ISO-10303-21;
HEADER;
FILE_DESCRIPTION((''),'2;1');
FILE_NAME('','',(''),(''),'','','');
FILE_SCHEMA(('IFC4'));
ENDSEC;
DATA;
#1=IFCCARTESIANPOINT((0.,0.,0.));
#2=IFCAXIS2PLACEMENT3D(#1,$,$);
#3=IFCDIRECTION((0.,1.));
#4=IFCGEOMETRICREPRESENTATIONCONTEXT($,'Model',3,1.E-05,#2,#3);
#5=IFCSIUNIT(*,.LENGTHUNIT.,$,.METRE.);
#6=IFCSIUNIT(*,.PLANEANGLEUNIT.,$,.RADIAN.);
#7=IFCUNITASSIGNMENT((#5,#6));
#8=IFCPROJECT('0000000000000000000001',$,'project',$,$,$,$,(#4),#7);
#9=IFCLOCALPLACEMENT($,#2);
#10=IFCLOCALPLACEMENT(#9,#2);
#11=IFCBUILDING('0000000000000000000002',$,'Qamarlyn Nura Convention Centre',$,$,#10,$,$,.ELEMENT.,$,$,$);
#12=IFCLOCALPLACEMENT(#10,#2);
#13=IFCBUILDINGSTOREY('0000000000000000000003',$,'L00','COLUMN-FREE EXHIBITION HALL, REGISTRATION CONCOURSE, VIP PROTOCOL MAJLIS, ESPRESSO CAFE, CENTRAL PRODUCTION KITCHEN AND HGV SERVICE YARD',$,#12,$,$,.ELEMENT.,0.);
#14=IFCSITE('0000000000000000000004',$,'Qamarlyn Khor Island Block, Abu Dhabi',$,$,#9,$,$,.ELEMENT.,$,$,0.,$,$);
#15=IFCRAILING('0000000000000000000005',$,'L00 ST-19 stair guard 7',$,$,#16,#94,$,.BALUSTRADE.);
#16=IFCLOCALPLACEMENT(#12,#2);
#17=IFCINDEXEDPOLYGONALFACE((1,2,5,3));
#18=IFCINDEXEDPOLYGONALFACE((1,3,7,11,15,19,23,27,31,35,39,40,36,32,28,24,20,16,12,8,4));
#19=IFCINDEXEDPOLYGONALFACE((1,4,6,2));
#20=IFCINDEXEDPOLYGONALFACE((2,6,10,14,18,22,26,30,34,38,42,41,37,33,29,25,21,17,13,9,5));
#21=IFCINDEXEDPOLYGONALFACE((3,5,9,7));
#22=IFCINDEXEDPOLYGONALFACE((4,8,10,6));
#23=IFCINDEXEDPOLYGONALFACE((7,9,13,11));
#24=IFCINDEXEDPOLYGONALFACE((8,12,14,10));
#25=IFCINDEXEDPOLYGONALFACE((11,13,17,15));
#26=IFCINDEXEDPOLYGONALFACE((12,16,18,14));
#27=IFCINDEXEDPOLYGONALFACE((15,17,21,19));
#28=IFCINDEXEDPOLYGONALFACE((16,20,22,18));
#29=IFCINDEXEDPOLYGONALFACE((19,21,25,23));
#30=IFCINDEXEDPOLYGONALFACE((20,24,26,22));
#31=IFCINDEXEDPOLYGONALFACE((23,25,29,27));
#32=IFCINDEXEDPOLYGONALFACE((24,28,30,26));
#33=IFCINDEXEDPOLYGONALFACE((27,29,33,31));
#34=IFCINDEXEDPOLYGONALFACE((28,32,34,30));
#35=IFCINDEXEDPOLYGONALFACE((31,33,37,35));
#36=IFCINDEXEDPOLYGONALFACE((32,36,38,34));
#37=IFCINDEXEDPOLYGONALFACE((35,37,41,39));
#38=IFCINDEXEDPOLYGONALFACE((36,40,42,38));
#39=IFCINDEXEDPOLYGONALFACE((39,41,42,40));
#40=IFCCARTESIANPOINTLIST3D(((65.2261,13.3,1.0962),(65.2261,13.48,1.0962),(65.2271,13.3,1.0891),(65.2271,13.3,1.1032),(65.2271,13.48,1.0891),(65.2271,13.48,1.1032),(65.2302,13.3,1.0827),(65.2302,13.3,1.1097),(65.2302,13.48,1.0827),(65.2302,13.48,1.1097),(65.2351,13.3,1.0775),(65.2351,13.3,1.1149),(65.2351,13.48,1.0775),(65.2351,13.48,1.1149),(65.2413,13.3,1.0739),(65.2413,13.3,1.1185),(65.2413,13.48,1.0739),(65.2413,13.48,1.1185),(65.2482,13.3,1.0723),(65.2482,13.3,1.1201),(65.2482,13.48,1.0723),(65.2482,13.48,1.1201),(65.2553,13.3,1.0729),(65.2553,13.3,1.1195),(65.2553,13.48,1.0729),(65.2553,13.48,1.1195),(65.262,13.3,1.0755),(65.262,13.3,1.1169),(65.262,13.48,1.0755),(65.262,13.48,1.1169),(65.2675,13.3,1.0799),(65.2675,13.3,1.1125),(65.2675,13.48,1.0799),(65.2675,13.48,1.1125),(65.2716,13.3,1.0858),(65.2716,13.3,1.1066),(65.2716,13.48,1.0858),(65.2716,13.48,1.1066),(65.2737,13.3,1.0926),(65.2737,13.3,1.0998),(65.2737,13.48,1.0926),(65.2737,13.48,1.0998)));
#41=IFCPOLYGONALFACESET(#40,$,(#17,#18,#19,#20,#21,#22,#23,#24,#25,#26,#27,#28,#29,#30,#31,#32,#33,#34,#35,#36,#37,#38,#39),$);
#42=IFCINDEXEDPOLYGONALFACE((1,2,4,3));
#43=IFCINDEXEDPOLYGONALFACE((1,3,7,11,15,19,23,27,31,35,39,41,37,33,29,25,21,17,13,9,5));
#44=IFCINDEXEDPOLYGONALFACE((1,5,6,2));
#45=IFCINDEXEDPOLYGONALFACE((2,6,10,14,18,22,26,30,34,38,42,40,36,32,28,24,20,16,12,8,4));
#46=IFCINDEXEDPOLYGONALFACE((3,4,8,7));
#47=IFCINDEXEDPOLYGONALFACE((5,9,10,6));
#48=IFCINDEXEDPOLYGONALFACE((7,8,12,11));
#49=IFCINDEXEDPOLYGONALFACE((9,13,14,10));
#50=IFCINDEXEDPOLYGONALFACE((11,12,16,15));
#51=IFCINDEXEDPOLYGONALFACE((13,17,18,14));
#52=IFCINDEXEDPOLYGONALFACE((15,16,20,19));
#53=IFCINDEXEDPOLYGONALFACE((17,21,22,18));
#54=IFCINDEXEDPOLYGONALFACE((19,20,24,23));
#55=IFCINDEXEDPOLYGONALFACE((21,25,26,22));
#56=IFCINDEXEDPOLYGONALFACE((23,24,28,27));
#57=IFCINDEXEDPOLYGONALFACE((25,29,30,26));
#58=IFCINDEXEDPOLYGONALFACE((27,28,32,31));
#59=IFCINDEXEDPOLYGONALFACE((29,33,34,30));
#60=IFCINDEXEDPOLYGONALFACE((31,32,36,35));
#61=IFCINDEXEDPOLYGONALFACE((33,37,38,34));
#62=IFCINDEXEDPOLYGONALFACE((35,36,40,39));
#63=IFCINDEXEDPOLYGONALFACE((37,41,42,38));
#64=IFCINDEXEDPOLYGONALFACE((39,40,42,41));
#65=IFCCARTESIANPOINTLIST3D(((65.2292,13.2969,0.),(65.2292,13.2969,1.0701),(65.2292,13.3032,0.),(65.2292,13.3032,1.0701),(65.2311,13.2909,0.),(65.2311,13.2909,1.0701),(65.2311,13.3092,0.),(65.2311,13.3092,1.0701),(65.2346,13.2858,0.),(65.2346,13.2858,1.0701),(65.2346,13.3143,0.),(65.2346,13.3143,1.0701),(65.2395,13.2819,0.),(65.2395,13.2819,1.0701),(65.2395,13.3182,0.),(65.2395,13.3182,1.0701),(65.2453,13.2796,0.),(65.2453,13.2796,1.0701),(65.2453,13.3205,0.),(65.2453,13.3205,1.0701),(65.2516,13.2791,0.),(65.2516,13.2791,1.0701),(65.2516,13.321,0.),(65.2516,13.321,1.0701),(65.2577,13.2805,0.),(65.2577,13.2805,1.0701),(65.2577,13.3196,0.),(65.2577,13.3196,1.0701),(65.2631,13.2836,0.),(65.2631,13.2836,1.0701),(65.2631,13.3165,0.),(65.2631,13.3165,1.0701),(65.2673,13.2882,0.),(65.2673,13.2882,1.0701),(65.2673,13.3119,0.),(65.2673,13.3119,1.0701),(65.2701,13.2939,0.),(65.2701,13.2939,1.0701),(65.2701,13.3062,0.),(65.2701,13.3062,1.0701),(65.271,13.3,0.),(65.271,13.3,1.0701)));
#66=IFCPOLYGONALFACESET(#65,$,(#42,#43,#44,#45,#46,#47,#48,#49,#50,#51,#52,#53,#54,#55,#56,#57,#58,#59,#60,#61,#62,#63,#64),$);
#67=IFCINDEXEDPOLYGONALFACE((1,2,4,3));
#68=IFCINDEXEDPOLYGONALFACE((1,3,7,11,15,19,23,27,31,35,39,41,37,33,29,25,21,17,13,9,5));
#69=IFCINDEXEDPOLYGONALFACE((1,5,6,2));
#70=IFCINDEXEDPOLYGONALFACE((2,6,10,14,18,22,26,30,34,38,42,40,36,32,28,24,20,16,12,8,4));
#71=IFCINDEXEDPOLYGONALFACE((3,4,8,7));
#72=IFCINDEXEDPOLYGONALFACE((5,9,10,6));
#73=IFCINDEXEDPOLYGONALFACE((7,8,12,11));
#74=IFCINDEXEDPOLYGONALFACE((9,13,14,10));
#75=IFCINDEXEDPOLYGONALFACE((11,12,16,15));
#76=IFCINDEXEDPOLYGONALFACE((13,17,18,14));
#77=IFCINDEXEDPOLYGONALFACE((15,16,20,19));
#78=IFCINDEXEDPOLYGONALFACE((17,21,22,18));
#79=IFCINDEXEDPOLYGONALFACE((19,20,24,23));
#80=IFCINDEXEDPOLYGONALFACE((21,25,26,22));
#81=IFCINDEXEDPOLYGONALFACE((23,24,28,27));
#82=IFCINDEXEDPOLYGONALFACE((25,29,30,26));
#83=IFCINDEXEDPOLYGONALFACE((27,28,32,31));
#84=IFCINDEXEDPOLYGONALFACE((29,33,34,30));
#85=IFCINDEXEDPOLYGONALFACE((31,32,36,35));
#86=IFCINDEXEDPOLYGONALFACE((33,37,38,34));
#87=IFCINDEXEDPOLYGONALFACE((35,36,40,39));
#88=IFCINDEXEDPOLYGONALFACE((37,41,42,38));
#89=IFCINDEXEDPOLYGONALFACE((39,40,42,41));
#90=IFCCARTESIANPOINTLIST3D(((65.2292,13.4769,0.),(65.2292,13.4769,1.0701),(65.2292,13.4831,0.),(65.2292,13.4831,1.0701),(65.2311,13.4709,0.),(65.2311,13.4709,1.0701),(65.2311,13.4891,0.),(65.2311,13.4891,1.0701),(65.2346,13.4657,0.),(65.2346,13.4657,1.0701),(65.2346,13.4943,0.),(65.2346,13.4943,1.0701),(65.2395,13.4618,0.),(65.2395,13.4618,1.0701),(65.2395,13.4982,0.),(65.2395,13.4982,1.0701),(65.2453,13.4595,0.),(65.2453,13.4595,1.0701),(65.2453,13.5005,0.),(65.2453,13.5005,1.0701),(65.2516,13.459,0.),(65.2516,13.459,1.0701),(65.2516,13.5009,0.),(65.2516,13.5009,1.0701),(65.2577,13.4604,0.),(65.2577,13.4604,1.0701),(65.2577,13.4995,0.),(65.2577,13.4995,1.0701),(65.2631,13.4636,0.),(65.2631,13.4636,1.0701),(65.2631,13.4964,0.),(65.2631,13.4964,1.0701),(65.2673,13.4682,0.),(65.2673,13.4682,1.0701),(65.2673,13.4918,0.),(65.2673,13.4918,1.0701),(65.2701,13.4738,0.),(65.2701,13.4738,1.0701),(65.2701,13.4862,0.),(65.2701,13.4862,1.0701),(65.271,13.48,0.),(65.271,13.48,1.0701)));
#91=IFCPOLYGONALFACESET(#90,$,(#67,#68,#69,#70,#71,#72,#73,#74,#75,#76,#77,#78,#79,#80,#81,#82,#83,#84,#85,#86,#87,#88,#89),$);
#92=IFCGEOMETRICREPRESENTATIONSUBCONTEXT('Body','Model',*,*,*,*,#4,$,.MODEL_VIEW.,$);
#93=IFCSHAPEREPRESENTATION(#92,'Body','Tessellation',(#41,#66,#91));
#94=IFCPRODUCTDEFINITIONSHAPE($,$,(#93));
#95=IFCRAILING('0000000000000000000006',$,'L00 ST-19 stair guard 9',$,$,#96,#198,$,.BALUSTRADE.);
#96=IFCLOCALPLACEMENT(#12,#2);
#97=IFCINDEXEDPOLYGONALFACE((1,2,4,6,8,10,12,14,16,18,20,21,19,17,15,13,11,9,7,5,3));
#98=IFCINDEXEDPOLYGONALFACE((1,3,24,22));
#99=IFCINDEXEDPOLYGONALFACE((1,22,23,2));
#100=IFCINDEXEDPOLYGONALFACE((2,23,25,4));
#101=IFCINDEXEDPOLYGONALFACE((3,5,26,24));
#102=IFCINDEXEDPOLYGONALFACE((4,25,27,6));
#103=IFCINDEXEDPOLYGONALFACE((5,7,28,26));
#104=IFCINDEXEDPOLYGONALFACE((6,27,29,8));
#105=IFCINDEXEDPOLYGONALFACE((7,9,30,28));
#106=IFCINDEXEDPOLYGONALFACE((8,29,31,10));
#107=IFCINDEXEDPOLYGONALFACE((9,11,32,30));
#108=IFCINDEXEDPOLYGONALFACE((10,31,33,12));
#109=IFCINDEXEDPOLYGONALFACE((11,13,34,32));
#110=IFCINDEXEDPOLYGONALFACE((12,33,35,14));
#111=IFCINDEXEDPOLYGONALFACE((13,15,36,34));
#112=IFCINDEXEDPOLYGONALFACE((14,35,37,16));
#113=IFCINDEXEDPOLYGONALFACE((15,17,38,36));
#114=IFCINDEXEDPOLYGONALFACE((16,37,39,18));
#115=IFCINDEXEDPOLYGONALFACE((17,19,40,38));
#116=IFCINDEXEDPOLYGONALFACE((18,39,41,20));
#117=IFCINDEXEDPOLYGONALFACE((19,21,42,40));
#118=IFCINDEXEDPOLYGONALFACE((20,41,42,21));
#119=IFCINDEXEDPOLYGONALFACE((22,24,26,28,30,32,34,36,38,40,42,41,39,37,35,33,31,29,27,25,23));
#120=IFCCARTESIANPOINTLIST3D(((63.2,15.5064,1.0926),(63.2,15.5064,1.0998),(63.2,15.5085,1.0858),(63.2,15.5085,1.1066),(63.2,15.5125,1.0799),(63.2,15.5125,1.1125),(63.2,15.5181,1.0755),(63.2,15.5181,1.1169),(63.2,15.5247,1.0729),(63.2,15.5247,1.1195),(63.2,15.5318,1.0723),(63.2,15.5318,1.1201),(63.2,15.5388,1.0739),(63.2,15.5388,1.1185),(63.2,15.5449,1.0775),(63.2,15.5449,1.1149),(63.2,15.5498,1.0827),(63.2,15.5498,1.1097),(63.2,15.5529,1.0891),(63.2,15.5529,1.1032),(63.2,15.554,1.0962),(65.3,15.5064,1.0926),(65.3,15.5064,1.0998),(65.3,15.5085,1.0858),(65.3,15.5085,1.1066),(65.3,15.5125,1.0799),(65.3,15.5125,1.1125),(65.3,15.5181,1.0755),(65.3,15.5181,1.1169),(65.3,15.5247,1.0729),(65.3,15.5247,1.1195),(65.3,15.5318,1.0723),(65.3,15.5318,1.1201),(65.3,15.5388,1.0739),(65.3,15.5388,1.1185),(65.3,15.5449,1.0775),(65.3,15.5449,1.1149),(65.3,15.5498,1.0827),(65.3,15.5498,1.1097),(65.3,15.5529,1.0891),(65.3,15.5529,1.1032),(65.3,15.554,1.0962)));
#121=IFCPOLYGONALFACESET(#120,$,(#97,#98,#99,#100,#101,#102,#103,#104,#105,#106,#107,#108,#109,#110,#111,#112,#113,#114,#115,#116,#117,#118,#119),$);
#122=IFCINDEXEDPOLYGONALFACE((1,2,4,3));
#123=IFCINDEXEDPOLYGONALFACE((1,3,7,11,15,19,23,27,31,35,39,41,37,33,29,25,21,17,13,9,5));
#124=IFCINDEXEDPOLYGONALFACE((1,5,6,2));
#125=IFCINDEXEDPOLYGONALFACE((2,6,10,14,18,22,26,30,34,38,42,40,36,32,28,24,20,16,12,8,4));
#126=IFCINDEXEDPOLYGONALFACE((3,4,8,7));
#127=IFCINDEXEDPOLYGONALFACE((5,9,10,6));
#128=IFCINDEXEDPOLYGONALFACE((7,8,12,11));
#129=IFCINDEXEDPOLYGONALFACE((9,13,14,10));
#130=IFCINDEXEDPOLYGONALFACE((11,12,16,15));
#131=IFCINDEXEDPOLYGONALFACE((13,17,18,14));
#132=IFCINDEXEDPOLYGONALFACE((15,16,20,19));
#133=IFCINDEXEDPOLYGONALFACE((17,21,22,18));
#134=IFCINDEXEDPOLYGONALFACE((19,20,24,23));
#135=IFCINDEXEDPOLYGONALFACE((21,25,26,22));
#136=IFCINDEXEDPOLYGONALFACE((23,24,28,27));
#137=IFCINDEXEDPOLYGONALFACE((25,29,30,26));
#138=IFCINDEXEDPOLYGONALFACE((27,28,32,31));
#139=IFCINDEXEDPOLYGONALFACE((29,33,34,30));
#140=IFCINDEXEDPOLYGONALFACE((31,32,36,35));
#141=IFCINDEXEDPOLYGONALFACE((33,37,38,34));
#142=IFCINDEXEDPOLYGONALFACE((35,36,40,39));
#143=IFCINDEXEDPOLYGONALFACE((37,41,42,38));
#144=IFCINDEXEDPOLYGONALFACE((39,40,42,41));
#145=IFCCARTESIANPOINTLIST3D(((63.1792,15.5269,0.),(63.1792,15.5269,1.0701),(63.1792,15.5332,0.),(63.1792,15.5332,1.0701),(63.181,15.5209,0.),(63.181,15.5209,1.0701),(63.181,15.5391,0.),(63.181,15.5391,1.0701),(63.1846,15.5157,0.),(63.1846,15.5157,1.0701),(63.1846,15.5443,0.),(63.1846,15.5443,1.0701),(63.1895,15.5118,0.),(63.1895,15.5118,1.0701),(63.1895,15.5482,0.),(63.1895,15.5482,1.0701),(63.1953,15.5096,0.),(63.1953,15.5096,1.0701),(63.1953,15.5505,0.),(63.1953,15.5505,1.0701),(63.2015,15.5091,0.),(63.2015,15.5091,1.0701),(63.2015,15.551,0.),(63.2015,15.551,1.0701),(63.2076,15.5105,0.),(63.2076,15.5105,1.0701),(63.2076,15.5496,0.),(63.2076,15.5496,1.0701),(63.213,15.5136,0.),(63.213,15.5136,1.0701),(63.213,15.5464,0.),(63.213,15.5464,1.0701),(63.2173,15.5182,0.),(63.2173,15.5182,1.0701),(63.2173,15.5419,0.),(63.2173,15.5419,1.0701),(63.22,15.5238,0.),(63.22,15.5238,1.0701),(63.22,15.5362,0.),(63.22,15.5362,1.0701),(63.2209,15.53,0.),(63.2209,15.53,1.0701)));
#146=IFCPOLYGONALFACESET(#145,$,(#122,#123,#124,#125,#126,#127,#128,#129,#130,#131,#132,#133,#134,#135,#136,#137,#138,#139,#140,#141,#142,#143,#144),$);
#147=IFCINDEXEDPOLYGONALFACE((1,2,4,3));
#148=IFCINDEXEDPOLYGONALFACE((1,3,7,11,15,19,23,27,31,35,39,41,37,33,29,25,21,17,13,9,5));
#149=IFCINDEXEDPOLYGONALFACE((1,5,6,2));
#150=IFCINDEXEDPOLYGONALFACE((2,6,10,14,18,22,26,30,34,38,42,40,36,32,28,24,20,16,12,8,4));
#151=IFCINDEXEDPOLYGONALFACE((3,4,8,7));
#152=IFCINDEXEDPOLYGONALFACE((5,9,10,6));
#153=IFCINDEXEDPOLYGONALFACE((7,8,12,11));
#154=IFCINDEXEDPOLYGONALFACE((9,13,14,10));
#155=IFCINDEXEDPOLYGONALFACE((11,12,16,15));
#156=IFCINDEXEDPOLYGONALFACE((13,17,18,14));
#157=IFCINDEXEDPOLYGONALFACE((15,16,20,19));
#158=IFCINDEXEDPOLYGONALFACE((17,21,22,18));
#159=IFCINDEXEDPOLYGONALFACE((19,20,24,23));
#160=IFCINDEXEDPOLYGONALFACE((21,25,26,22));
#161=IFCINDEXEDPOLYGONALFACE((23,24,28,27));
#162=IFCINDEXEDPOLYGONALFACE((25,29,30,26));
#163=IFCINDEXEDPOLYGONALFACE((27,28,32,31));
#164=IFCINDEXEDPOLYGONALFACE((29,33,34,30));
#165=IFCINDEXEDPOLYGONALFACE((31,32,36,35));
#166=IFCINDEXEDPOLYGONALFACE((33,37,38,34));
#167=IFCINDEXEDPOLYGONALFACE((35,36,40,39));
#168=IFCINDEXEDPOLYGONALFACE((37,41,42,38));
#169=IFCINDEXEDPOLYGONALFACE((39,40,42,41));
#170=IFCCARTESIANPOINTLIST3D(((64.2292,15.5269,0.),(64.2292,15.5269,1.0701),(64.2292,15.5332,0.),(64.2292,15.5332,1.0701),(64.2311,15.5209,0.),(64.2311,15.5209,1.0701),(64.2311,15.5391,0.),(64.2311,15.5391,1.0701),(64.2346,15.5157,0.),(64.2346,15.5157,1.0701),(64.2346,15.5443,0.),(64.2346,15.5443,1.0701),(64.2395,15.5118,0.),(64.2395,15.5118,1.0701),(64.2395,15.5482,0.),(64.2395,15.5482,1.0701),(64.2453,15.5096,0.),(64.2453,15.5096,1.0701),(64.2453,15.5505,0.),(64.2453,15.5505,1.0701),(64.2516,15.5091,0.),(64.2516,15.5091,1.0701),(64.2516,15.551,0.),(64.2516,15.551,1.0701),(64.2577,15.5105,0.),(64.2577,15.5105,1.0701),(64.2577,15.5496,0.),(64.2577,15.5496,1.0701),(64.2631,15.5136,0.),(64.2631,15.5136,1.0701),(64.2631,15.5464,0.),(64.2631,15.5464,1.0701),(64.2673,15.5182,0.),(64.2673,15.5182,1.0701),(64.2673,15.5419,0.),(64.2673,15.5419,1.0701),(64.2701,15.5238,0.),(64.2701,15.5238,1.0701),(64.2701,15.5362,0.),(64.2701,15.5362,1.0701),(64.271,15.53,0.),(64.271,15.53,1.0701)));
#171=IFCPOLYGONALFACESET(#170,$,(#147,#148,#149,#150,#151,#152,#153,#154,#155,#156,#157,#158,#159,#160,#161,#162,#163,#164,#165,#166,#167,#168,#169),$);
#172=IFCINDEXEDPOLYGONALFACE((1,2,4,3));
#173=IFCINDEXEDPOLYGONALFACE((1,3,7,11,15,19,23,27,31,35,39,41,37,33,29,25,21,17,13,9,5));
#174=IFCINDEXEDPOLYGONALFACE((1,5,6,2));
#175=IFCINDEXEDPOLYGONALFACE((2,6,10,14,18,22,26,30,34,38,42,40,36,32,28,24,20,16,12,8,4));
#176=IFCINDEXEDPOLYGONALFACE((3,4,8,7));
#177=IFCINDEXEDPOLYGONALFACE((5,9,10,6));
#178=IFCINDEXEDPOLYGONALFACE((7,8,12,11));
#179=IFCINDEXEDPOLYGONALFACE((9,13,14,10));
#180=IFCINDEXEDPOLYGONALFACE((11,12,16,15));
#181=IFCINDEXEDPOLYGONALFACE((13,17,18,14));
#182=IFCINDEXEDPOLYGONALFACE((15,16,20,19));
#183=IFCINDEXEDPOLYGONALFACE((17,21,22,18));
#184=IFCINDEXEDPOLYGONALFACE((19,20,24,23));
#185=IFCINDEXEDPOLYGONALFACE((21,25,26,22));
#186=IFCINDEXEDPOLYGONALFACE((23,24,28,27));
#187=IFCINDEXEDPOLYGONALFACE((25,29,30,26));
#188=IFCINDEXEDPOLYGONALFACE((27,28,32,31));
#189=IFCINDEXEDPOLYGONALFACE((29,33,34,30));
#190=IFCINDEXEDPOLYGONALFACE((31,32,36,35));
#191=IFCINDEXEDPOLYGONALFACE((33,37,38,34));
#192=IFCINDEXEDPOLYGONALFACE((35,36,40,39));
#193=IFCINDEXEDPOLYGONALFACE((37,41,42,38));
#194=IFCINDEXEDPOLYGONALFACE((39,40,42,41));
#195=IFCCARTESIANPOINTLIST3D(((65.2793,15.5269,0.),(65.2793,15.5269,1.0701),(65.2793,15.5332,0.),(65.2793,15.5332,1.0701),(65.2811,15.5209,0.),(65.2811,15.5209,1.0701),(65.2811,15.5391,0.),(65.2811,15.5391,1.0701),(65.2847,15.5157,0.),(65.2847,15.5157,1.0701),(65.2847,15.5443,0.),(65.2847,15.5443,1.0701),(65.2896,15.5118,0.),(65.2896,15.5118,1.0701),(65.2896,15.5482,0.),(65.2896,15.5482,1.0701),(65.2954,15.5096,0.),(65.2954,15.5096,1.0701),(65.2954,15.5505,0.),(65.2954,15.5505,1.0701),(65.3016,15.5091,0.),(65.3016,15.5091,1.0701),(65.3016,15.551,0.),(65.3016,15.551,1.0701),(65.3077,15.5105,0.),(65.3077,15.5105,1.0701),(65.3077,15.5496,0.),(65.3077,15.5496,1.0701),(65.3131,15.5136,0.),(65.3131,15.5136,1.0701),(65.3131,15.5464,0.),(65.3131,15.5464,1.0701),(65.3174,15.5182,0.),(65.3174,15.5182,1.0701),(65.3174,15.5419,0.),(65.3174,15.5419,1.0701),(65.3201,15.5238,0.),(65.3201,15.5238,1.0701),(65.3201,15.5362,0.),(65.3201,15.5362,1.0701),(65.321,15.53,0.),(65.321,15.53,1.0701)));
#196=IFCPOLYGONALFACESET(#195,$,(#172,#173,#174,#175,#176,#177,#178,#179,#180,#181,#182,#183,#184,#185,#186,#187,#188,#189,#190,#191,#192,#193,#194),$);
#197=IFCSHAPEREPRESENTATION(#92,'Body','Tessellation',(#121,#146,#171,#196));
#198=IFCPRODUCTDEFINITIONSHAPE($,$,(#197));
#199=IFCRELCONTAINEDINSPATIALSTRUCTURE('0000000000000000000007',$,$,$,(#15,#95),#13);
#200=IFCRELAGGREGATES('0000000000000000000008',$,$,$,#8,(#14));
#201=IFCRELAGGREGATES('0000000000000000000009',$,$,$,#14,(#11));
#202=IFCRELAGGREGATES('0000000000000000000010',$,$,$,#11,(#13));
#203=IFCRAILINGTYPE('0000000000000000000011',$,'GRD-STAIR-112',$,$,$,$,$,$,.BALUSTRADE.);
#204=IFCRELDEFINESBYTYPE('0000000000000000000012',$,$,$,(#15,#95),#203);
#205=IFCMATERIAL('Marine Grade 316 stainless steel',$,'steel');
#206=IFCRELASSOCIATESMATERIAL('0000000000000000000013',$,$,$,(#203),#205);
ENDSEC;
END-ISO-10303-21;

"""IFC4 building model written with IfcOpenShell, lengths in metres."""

from ifc_helpers import new_model, si_unit, direction, frame, origin, origin_2d, place, context, subcontext, project, spatial, circle, extrude, material, type_object, element, save


model = new_model("IFC4")

# Units and contexts
model_context = context("Model", 3, precision=1e-05, world=origin(), true_north=direction((0.0, 1.0)))
body_context = subcontext(model_context, "Body", "Model", "MODEL_VIEW")
ifc_project = project(units=[si_unit("LENGTHUNIT", "METRE"), si_unit("PLANEANGLEUNIT", "RADIAN")], contexts=[model_context])

# Site, building, storey
site_placement = place(None, origin())
site = spatial("IfcSite", under=ifc_project, at=site_placement, Name="Qamarlyn Khor Island Block, Abu Dhabi", CompositionType="ELEMENT", RefElevation=0.0)
building_placement = place(site_placement, origin())
building = spatial("IfcBuilding", under=site, at=building_placement, Name="Qamarlyn Nura Convention Centre", CompositionType="ELEMENT")
storey_placement = place(building_placement, origin())
storey = spatial("IfcBuildingStorey", under=building, at=storey_placement, Name="L00", Description="COLUMN-FREE EXHIBITION HALL, REGISTRATION CONCOURSE, VIP PROTOCOL MAJLIS, ESPRESSO CAFE, CENTRAL PRODUCTION KITCHEN AND HGV SERVICE YARD", CompositionType="ELEMENT", Elevation=0.0)

# Railings
ifc_material_1 = material(Name="Marine Grade 316 stainless steel", Category="steel")
railing_type_1 = type_object("IfcRailingType", Name="GRD-STAIR-112", PredefinedType="BALUSTRADE", material=ifc_material_1)
railing_1_placement = place(storey_placement, frame((65.25, 13.3, 0.0)))
element("IfcRailing", 1, at=railing_1_placement, inside=storey, type_object=railing_type_1, Name="L00 ST-19 stair guard 7", PredefinedType="BALUSTRADE", context=body_context, shape_type="SweptSolid", body=[
    extrude(circle(Radius=0.0239, at=origin_2d()), frame((0.0, 0.0, 1.0962), z_axis=(0.0, 1.0, 0.0), x_axis=(-1.0, 0.0, 0.0)), (0.0, 0.0, 1.0), 0.1799),
    extrude(circle(Radius=0.021, at=origin_2d()), origin(), (0.0, 0.0, 1.0), 1.0701),
    extrude(circle(Radius=0.021, at=origin_2d()), frame((0.0, 0.1799, 0.0)), (0.0, 0.0, 1.0), 1.0701),
])
railing_2_placement = place(storey_placement, frame((63.2, 15.53, 0.0)))
element("IfcRailing", 2, at=railing_2_placement, inside=storey, type_object=railing_type_1, Name="L00 ST-19 stair guard 9", PredefinedType="BALUSTRADE", context=body_context, shape_type="SweptSolid", body=[
    extrude(circle(Radius=0.0239, at=origin_2d()), frame((0.0, 0.0, 1.0962), z_axis=(1.0, 0.0, 0.0), x_axis=(0.0, 1.0, 0.0)), (0.0, 0.0, 1.0), 2.1001),
    extrude(circle(Radius=0.021, at=origin_2d()), origin(), (0.0, 0.0, 1.0), 1.0701),
    extrude(circle(Radius=0.021, at=origin_2d()), frame((1.05, 0.0, 0.0)), (0.0, 0.0, 1.0), 1.0701),
    extrude(circle(Radius=0.021, at=origin_2d()), frame((2.1001, 0.0, 0.0)), (0.0, 0.0, 1.0), 1.0701),
])

save(model, "model.ifc")
